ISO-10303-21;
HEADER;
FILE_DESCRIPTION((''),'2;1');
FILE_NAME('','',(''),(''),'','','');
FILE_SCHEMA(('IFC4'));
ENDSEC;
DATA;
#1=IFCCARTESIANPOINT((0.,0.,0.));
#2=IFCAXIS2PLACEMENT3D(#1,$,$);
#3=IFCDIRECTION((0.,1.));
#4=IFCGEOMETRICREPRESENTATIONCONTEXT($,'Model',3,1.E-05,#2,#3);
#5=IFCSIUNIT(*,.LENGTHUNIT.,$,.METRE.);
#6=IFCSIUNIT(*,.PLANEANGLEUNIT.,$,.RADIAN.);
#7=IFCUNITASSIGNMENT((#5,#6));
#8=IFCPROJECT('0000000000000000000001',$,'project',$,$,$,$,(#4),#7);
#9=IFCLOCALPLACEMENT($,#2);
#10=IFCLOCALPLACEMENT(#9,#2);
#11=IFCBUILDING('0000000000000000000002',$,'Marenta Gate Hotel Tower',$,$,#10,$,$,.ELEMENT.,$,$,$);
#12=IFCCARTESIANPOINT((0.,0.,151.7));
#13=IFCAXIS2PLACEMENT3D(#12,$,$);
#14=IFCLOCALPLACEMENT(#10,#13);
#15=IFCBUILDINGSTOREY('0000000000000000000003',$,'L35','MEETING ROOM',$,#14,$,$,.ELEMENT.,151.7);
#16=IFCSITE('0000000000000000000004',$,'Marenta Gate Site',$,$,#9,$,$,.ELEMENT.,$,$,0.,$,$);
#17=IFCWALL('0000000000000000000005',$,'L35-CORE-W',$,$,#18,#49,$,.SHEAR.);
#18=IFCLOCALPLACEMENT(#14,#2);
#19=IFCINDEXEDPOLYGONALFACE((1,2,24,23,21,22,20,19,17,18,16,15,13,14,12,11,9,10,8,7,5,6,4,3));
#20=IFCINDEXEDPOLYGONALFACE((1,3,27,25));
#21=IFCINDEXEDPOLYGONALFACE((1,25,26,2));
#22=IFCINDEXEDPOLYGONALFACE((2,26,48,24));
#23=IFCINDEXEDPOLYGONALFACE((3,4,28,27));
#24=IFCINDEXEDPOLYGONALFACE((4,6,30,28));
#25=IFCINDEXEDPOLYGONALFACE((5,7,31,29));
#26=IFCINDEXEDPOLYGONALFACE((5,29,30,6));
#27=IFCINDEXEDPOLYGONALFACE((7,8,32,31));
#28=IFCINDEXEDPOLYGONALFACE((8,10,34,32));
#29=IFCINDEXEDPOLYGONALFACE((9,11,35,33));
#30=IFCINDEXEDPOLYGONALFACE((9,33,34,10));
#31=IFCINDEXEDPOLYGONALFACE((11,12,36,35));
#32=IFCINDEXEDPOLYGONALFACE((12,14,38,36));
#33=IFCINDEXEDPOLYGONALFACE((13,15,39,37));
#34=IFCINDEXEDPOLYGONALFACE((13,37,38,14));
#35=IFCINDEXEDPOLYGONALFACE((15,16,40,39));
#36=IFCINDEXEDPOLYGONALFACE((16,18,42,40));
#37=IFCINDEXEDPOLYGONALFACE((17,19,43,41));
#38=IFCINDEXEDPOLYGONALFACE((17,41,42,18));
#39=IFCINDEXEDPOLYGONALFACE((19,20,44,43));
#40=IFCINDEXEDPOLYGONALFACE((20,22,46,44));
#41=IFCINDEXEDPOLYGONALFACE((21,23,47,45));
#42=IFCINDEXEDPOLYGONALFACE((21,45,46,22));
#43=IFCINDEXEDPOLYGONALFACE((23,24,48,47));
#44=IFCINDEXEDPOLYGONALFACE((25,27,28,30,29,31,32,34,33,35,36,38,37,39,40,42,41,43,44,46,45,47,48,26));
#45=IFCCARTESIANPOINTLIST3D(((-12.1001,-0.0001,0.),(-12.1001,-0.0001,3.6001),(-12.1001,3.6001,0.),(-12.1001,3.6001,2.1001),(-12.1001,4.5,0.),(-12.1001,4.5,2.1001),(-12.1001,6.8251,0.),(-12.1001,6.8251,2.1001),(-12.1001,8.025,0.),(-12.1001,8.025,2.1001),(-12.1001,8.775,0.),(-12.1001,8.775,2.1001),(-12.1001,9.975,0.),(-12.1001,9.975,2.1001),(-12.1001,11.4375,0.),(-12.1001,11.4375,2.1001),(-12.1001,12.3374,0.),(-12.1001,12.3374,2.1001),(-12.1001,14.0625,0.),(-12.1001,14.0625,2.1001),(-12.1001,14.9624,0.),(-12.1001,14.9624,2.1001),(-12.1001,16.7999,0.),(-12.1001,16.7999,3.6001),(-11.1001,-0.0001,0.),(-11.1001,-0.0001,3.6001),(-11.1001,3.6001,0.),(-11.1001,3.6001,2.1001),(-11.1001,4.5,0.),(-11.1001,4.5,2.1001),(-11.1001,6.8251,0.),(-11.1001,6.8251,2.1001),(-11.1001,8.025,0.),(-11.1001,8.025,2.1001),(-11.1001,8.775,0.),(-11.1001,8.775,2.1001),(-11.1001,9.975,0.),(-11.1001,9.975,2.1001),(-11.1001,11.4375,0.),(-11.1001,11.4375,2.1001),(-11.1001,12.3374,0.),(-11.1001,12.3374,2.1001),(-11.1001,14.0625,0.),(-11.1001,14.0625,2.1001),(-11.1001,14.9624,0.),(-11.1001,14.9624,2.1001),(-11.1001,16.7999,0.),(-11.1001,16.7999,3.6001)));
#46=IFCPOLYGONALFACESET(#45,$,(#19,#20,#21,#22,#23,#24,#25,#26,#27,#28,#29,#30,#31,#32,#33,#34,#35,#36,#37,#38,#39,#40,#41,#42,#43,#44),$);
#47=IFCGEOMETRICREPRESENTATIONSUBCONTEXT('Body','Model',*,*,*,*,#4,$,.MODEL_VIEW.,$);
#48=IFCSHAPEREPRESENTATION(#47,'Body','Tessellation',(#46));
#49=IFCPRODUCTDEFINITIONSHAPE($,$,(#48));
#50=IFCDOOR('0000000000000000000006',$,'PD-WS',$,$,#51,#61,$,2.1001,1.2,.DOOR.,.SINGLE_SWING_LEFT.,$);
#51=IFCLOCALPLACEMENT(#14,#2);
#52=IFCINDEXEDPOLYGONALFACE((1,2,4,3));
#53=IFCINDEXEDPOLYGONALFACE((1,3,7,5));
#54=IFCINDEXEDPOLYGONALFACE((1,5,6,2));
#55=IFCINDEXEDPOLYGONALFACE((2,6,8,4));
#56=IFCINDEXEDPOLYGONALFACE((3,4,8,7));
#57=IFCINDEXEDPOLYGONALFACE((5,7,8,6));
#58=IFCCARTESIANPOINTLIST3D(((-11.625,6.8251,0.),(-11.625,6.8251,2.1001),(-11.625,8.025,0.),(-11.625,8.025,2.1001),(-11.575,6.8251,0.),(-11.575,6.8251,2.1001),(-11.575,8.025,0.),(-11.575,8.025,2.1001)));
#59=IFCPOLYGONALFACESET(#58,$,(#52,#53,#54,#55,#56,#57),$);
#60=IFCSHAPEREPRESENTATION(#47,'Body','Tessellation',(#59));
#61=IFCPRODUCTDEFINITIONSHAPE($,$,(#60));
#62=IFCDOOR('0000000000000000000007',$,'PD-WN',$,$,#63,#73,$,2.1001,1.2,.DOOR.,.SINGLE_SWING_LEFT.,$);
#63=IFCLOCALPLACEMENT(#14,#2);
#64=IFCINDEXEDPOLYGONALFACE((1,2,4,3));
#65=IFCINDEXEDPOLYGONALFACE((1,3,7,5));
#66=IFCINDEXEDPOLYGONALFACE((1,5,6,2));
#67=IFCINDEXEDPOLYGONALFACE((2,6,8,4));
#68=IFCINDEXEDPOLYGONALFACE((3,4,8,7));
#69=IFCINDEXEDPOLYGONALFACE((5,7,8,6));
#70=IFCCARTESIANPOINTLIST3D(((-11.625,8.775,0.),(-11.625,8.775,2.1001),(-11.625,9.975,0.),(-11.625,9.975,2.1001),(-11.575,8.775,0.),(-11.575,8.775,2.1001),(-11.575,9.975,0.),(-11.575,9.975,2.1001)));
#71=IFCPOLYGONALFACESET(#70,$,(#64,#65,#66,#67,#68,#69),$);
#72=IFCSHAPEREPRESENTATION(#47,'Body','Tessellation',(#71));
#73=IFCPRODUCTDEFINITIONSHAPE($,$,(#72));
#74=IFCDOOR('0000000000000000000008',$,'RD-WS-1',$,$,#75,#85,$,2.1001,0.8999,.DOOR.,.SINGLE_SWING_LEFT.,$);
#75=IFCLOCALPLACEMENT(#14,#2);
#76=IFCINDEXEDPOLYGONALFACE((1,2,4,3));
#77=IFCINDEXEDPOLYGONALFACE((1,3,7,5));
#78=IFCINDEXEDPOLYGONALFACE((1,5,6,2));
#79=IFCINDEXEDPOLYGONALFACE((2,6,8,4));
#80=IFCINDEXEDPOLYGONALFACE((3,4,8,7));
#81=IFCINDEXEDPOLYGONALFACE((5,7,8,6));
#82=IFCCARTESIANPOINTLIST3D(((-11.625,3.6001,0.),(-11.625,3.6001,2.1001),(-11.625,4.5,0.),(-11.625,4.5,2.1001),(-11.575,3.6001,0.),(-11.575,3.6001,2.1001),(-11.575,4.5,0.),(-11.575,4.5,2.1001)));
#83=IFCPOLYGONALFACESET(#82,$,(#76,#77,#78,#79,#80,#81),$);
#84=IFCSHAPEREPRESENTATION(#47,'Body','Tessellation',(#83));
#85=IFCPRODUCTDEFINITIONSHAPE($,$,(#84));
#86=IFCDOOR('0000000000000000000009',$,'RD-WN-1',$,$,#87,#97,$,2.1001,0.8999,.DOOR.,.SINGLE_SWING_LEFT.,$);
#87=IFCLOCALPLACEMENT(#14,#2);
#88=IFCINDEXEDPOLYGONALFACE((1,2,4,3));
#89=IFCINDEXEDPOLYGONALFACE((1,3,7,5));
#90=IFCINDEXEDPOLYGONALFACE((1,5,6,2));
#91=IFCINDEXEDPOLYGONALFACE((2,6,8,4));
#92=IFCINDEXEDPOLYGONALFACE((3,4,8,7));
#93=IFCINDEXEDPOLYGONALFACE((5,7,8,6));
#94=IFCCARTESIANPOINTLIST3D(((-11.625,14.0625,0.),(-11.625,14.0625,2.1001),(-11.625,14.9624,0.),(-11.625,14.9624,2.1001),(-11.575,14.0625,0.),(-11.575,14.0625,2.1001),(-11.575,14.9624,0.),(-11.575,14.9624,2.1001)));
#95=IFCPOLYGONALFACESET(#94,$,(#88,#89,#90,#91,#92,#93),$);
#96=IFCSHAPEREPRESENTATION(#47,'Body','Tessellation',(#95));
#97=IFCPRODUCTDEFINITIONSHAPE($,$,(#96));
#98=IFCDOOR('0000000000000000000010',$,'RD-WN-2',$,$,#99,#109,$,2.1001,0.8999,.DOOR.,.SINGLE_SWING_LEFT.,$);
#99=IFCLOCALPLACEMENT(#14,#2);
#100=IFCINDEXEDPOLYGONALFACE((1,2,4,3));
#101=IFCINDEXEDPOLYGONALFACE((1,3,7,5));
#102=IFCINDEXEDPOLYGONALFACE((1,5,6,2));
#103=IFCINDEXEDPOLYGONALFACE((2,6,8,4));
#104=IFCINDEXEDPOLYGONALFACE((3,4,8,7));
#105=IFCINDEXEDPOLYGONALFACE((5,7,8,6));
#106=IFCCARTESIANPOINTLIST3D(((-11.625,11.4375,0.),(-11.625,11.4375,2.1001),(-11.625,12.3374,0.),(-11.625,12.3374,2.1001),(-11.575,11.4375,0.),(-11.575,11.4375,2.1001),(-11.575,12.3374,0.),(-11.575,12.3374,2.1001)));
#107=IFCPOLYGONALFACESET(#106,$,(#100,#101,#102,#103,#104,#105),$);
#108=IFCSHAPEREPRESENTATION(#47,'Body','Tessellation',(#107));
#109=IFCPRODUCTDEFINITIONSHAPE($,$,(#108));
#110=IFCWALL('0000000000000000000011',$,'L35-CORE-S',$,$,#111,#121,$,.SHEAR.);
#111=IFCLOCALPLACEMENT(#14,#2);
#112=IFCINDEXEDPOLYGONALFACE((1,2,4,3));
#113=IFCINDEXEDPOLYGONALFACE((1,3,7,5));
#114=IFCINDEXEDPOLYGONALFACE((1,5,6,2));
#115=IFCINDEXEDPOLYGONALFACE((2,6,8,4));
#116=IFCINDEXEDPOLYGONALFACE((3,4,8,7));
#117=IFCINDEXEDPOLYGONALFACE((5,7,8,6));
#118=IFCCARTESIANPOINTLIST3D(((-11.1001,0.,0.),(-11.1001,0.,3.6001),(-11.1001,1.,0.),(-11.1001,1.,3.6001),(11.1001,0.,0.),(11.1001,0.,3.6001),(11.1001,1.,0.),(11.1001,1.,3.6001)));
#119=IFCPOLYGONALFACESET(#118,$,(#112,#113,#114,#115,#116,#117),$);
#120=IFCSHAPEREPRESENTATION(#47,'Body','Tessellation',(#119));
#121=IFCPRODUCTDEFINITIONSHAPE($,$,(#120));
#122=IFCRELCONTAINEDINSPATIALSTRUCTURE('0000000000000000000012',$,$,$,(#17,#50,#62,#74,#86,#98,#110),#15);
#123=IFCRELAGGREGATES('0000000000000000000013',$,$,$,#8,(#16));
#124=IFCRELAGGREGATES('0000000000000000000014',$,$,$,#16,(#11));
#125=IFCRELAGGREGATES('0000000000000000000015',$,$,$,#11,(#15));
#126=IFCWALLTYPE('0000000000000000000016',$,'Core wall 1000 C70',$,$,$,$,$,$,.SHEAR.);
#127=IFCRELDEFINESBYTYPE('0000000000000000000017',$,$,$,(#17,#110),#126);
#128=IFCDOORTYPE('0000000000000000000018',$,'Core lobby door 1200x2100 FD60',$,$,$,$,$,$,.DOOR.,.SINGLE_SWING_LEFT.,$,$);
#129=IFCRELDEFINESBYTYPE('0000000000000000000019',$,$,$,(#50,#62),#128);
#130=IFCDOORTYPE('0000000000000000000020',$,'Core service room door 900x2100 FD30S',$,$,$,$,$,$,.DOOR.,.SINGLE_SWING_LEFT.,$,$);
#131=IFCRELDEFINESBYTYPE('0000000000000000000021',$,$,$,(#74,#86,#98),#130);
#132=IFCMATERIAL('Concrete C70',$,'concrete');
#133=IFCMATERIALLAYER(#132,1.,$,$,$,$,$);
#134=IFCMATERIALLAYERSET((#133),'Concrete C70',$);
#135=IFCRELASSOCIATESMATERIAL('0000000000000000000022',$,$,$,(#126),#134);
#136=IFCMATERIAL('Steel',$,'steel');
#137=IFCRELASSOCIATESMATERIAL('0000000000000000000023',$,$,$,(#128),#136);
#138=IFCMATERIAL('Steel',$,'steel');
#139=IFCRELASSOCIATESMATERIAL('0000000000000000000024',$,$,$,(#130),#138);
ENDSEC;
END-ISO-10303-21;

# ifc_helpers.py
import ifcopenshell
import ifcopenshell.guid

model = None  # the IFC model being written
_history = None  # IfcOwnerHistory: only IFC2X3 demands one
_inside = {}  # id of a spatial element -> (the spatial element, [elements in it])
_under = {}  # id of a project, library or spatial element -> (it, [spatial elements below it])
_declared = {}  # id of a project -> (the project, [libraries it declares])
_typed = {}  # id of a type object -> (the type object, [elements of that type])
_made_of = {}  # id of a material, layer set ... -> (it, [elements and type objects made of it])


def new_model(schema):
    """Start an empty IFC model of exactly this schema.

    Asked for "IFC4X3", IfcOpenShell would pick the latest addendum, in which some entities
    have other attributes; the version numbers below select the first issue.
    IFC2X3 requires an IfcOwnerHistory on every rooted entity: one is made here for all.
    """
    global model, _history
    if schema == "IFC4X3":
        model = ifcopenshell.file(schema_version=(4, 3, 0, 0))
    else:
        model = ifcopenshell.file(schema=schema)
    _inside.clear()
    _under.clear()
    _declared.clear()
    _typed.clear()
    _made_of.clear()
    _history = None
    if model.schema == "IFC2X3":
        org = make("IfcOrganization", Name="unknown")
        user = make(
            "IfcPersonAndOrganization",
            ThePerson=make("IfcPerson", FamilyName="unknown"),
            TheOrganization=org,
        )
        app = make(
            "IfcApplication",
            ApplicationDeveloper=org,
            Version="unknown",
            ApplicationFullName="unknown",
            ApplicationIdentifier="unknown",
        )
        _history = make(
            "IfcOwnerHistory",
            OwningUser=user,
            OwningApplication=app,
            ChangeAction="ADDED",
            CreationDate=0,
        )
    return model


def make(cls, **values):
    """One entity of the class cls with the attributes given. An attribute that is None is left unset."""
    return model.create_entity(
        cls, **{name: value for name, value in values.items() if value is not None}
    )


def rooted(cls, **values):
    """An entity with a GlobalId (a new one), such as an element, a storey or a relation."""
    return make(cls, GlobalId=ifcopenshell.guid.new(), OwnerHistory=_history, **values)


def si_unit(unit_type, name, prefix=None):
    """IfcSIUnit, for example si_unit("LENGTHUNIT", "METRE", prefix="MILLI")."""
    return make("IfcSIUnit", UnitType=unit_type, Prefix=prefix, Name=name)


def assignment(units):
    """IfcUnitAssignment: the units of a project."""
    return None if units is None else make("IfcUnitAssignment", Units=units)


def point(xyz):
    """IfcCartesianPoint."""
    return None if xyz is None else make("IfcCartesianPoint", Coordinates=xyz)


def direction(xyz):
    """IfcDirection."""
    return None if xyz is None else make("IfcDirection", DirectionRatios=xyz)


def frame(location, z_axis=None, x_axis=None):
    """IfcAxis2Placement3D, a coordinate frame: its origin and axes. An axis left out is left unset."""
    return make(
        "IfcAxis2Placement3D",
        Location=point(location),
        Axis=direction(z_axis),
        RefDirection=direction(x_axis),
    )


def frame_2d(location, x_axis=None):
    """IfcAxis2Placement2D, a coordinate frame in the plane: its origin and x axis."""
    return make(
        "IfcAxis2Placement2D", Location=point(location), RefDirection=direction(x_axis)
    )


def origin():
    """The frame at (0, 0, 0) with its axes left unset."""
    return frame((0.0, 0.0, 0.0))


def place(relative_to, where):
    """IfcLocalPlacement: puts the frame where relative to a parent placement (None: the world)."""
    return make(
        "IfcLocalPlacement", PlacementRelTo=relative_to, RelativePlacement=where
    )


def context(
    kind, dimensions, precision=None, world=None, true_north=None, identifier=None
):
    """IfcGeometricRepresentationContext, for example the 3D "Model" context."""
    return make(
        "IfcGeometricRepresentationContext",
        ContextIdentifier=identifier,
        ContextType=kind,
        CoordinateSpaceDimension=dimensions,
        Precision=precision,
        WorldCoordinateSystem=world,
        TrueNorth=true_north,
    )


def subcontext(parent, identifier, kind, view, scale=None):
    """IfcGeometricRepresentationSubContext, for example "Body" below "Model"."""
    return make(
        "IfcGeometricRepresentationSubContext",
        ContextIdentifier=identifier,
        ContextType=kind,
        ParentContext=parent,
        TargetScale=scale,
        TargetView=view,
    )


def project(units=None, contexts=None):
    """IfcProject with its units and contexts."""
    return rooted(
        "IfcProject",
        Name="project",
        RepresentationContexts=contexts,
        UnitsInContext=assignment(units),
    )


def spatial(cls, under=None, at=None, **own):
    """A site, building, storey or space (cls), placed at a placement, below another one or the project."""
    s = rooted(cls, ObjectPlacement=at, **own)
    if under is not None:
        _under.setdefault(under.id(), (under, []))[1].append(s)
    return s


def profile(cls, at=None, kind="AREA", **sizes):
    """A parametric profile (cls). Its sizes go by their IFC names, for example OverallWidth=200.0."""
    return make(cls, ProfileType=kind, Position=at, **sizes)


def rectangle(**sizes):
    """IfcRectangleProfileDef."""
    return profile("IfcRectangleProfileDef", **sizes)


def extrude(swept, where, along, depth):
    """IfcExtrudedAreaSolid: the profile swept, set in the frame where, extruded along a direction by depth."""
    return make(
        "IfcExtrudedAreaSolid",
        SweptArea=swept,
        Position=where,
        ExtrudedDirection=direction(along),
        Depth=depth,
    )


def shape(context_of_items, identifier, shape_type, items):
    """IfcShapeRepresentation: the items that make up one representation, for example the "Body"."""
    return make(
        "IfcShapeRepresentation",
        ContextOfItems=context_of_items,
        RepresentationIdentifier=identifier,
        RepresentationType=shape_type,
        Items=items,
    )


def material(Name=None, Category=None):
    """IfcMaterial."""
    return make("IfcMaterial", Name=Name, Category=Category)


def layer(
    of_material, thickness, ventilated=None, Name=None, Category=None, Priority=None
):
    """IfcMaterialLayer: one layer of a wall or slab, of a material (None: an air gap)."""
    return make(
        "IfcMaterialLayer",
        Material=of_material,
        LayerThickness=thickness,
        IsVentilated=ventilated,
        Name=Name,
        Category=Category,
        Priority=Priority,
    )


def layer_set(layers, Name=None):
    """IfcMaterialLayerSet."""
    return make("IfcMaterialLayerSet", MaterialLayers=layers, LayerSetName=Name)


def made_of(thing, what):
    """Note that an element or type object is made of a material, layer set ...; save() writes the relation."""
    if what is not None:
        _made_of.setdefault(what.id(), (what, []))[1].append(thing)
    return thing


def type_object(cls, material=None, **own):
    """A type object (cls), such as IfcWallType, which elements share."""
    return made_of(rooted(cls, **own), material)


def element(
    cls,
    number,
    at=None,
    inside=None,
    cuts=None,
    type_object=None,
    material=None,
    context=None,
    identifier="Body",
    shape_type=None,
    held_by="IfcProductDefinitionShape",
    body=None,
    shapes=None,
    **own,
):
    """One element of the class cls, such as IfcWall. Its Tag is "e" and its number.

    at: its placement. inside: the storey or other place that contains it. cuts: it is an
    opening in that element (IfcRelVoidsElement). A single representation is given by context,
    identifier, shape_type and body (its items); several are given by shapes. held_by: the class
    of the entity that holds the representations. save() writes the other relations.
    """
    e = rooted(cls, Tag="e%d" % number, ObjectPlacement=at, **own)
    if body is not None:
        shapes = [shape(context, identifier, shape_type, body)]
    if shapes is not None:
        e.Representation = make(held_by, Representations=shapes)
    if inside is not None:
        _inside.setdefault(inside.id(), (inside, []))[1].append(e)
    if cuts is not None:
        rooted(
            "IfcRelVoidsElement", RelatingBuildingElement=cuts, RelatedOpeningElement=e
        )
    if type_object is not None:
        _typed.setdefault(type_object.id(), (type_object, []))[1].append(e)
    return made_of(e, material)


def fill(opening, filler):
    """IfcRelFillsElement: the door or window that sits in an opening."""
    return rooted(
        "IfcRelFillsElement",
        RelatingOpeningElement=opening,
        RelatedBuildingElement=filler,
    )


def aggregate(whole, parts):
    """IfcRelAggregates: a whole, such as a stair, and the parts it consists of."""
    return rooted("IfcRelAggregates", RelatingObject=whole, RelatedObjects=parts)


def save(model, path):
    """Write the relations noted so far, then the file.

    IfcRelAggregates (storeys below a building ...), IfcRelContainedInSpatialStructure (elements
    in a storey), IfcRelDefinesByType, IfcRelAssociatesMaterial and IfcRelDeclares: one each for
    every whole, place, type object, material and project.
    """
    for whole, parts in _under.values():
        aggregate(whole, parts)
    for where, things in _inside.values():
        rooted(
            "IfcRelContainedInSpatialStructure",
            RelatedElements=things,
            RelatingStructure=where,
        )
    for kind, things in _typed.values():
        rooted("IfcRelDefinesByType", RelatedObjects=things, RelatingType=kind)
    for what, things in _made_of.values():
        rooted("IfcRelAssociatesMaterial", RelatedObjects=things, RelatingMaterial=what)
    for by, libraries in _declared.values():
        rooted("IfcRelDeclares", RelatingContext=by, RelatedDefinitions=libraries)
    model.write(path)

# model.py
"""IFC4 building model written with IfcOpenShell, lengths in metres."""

from ifc_helpers import new_model, si_unit, direction, frame, frame_2d, origin, place, context, subcontext, project, spatial, rectangle, extrude, material, layer, layer_set, type_object, element, fill, save


model = new_model("IFC4")

# Units and contexts
model_context = context("Model", 3, precision=1e-05, world=origin(), true_north=direction((0.0, 1.0)))
body_context = subcontext(model_context, "Body", "Model", "MODEL_VIEW")
ifc_project = project(units=[si_unit("LENGTHUNIT", "METRE"), si_unit("PLANEANGLEUNIT", "RADIAN")], contexts=[model_context])

# Site, building, storey
site_placement = place(None, origin())
site = spatial("IfcSite", under=ifc_project, at=site_placement, Name="Marenta Gate Site", CompositionType="ELEMENT", RefElevation=0.0)
building_placement = place(site_placement, origin())
building = spatial("IfcBuilding", under=site, at=building_placement, Name="Marenta Gate Hotel Tower", CompositionType="ELEMENT")
storey_placement = place(building_placement, frame((0.0, 0.0, 151.7)))
storey = spatial("IfcBuildingStorey", under=building, at=storey_placement, Name="L35", Description="MEETING ROOM", CompositionType="ELEMENT", Elevation=151.7)

# Wall, openings, doors
ifc_material_1 = material(Name="Concrete C70", Category="concrete")
ifc_layer_1 = layer(ifc_material_1, 1.0)
ifc_layer_set_1 = layer_set([ifc_layer_1], Name="Concrete C70")
wall_type_1 = type_object("IfcWallType", Name="Core wall 1000 C70", PredefinedType="SHEAR", material=ifc_layer_set_1)
wall_1_placement = place(storey_placement, frame((-11.6001, 0.0, 0.0), z_axis=(0.0, 0.0, 1.0), x_axis=(0.0, 1.0, 0.0)))
wall_1 = element("IfcWall", 1, at=wall_1_placement, inside=storey, type_object=wall_type_1, Name="L35-CORE-W", PredefinedType="SHEAR", context=body_context, shape_type="SweptSolid", body=[
    extrude(rectangle(XDim=16.8, YDim=1.0, at=frame_2d((8.3999, 0.0))), origin(), (0.0, 0.0, 1.0), 3.6001),
])
opening_1_placement = place(wall_1_placement, frame((3.6001, 0.0, 0.0)))
opening_1 = element("IfcOpeningElement", 2, at=opening_1_placement, cuts=wall_1, PredefinedType="OPENING", context=body_context, shape_type="SweptSolid", body=[
    extrude(rectangle(XDim=0.8999, YDim=2.1001, at=frame_2d((0.45, 1.05))), frame((0.0, 0.5, 0.0), z_axis=(0.0, -1.0, 0.0), x_axis=(1.0, 0.0, 0.0)), (0.0, 0.0, 1.0), 1.0),
])
opening_2_placement = place(wall_1_placement, frame((6.825, 0.0, 0.0)))
opening_2 = element("IfcOpeningElement", 3, at=opening_2_placement, cuts=wall_1, PredefinedType="OPENING", context=body_context, shape_type="SweptSolid", body=[
    extrude(rectangle(XDim=1.2, YDim=2.1001, at=frame_2d((0.6001, 1.05))), frame((0.0, 0.5, 0.0), z_axis=(0.0, -1.0, 0.0), x_axis=(1.0, 0.0, 0.0)), (0.0, 0.0, 1.0), 1.0),
])
opening_3_placement = place(wall_1_placement, frame((14.0625, 0.0, 0.0)))
opening_3 = element("IfcOpeningElement", 4, at=opening_3_placement, cuts=wall_1, PredefinedType="OPENING", context=body_context, shape_type="SweptSolid", body=[
    extrude(rectangle(XDim=0.8999, YDim=2.1001, at=frame_2d((0.45, 1.05))), frame((0.0, 0.5, 0.0), z_axis=(0.0, -1.0, 0.0), x_axis=(1.0, 0.0, 0.0)), (0.0, 0.0, 1.0), 1.0),
])
opening_4_placement = place(wall_1_placement, frame((11.4375, 0.0, 0.0)))
opening_4 = element("IfcOpeningElement", 5, at=opening_4_placement, cuts=wall_1, PredefinedType="OPENING", context=body_context, shape_type="SweptSolid", body=[
    extrude(rectangle(XDim=0.8999, YDim=2.1001, at=frame_2d((0.45, 1.05))), frame((0.0, 0.5, 0.0), z_axis=(0.0, -1.0, 0.0), x_axis=(1.0, 0.0, 0.0)), (0.0, 0.0, 1.0), 1.0),
])
opening_5_placement = place(wall_1_placement, frame((8.7749, 0.0, 0.0)))
opening_5 = element("IfcOpeningElement", 6, at=opening_5_placement, cuts=wall_1, PredefinedType="OPENING", context=body_context, shape_type="SweptSolid", body=[
    extrude(rectangle(XDim=1.2, YDim=2.1001, at=frame_2d((0.6001, 1.05))), frame((0.0, 0.5, 0.0), z_axis=(0.0, -1.0, 0.0), x_axis=(1.0, 0.0, 0.0)), (0.0, 0.0, 1.0), 1.0),
])
ifc_material_2 = material(Name="Steel", Category="steel")
door_type_1 = type_object("IfcDoorType", Name="Core lobby door 1200x2100 FD60", OperationType="SINGLE_SWING_LEFT", PredefinedType="DOOR", material=ifc_material_2)
door_1_placement = place(opening_2_placement, origin())
door_1 = element("IfcDoor", 7, at=door_1_placement, inside=storey, type_object=door_type_1, Name="PD-WS", OperationType="SINGLE_SWING_LEFT", OverallHeight=2.1001, OverallWidth=1.2, PredefinedType="DOOR", context=body_context, shape_type="SweptSolid", body=[
    extrude(rectangle(XDim=1.2, YDim=2.1001, at=frame_2d((0.6001, 1.05))), frame((0.0, 0.0249, 0.0), z_axis=(0.0, -1.0, 0.0), x_axis=(1.0, 0.0, 0.0)), (0.0, 0.0, 1.0), 0.05),
])
fill(opening_2, door_1)
door_2_placement = place(opening_5_placement, origin())
door_2 = element("IfcDoor", 8, at=door_2_placement, inside=storey, type_object=door_type_1, Name="PD-WN", OperationType="SINGLE_SWING_LEFT", OverallHeight=2.1001, OverallWidth=1.2, PredefinedType="DOOR", context=body_context, shape_type="SweptSolid", body=[
    extrude(rectangle(XDim=1.2, YDim=2.1001, at=frame_2d((0.6001, 1.05))), frame((0.0, 0.0249, 0.0), z_axis=(0.0, -1.0, 0.0), x_axis=(1.0, 0.0, 0.0)), (0.0, 0.0, 1.0), 0.05),
])
fill(opening_5, door_2)
ifc_material_3 = material(Name="Steel", Category="steel")
door_type_2 = type_object("IfcDoorType", Name="Core service room door 900x2100 FD30S", OperationType="SINGLE_SWING_LEFT", PredefinedType="DOOR", material=ifc_material_3)
door_3_placement = place(opening_1_placement, origin())
door_3 = element("IfcDoor", 9, at=door_3_placement, inside=storey, type_object=door_type_2, Name="RD-WS-1", OperationType="SINGLE_SWING_LEFT", OverallHeight=2.1001, OverallWidth=0.8999, PredefinedType="DOOR", context=body_context, shape_type="SweptSolid", body=[
    extrude(rectangle(XDim=0.8999, YDim=2.1001, at=frame_2d((0.45, 1.05))), frame((0.0, 0.0249, 0.0), z_axis=(0.0, -1.0, 0.0), x_axis=(1.0, 0.0, 0.0)), (0.0, 0.0, 1.0), 0.05),
])
fill(opening_1, door_3)
door_4_placement = place(opening_3_placement, origin())
door_4 = element("IfcDoor", 10, at=door_4_placement, inside=storey, type_object=door_type_2, Name="RD-WN-1", OperationType="SINGLE_SWING_LEFT", OverallHeight=2.1001, OverallWidth=0.8999, PredefinedType="DOOR", context=body_context, shape_type="SweptSolid", body=[
    extrude(rectangle(XDim=0.8999, YDim=2.1001, at=frame_2d((0.45, 1.05))), frame((0.0, 0.0249, 0.0), z_axis=(0.0, -1.0, 0.0), x_axis=(1.0, 0.0, 0.0)), (0.0, 0.0, 1.0), 0.05),
])
fill(opening_3, door_4)
door_5_placement = place(opening_4_placement, origin())
door_5 = element("IfcDoor", 11, at=door_5_placement, inside=storey, type_object=door_type_2, Name="RD-WN-2", OperationType="SINGLE_SWING_LEFT", OverallHeight=2.1001, OverallWidth=0.8999, PredefinedType="DOOR", context=body_context, shape_type="SweptSolid", body=[
    extrude(rectangle(XDim=0.8999, YDim=2.1001, at=frame_2d((0.45, 1.05))), frame((0.0, 0.0249, 0.0), z_axis=(0.0, -1.0, 0.0), x_axis=(1.0, 0.0, 0.0)), (0.0, 0.0, 1.0), 0.05),
])
fill(opening_4, door_5)

# Wall
wall_2_placement = place(storey_placement, frame((-11.1001, 0.5, 0.0), z_axis=(0.0, 0.0, 1.0), x_axis=(1.0, 0.0, 0.0)))
element("IfcWall", 12, at=wall_2_placement, inside=storey, type_object=wall_type_1, Name="L35-CORE-S", PredefinedType="SHEAR", context=body_context, shape_type="SweptSolid", body=[
    extrude(rectangle(XDim=22.2002, YDim=1.0, at=frame_2d((11.1001, 0.0))), origin(), (0.0, 0.0, 1.0), 3.6001),
])

save(model, "model.ifc")
